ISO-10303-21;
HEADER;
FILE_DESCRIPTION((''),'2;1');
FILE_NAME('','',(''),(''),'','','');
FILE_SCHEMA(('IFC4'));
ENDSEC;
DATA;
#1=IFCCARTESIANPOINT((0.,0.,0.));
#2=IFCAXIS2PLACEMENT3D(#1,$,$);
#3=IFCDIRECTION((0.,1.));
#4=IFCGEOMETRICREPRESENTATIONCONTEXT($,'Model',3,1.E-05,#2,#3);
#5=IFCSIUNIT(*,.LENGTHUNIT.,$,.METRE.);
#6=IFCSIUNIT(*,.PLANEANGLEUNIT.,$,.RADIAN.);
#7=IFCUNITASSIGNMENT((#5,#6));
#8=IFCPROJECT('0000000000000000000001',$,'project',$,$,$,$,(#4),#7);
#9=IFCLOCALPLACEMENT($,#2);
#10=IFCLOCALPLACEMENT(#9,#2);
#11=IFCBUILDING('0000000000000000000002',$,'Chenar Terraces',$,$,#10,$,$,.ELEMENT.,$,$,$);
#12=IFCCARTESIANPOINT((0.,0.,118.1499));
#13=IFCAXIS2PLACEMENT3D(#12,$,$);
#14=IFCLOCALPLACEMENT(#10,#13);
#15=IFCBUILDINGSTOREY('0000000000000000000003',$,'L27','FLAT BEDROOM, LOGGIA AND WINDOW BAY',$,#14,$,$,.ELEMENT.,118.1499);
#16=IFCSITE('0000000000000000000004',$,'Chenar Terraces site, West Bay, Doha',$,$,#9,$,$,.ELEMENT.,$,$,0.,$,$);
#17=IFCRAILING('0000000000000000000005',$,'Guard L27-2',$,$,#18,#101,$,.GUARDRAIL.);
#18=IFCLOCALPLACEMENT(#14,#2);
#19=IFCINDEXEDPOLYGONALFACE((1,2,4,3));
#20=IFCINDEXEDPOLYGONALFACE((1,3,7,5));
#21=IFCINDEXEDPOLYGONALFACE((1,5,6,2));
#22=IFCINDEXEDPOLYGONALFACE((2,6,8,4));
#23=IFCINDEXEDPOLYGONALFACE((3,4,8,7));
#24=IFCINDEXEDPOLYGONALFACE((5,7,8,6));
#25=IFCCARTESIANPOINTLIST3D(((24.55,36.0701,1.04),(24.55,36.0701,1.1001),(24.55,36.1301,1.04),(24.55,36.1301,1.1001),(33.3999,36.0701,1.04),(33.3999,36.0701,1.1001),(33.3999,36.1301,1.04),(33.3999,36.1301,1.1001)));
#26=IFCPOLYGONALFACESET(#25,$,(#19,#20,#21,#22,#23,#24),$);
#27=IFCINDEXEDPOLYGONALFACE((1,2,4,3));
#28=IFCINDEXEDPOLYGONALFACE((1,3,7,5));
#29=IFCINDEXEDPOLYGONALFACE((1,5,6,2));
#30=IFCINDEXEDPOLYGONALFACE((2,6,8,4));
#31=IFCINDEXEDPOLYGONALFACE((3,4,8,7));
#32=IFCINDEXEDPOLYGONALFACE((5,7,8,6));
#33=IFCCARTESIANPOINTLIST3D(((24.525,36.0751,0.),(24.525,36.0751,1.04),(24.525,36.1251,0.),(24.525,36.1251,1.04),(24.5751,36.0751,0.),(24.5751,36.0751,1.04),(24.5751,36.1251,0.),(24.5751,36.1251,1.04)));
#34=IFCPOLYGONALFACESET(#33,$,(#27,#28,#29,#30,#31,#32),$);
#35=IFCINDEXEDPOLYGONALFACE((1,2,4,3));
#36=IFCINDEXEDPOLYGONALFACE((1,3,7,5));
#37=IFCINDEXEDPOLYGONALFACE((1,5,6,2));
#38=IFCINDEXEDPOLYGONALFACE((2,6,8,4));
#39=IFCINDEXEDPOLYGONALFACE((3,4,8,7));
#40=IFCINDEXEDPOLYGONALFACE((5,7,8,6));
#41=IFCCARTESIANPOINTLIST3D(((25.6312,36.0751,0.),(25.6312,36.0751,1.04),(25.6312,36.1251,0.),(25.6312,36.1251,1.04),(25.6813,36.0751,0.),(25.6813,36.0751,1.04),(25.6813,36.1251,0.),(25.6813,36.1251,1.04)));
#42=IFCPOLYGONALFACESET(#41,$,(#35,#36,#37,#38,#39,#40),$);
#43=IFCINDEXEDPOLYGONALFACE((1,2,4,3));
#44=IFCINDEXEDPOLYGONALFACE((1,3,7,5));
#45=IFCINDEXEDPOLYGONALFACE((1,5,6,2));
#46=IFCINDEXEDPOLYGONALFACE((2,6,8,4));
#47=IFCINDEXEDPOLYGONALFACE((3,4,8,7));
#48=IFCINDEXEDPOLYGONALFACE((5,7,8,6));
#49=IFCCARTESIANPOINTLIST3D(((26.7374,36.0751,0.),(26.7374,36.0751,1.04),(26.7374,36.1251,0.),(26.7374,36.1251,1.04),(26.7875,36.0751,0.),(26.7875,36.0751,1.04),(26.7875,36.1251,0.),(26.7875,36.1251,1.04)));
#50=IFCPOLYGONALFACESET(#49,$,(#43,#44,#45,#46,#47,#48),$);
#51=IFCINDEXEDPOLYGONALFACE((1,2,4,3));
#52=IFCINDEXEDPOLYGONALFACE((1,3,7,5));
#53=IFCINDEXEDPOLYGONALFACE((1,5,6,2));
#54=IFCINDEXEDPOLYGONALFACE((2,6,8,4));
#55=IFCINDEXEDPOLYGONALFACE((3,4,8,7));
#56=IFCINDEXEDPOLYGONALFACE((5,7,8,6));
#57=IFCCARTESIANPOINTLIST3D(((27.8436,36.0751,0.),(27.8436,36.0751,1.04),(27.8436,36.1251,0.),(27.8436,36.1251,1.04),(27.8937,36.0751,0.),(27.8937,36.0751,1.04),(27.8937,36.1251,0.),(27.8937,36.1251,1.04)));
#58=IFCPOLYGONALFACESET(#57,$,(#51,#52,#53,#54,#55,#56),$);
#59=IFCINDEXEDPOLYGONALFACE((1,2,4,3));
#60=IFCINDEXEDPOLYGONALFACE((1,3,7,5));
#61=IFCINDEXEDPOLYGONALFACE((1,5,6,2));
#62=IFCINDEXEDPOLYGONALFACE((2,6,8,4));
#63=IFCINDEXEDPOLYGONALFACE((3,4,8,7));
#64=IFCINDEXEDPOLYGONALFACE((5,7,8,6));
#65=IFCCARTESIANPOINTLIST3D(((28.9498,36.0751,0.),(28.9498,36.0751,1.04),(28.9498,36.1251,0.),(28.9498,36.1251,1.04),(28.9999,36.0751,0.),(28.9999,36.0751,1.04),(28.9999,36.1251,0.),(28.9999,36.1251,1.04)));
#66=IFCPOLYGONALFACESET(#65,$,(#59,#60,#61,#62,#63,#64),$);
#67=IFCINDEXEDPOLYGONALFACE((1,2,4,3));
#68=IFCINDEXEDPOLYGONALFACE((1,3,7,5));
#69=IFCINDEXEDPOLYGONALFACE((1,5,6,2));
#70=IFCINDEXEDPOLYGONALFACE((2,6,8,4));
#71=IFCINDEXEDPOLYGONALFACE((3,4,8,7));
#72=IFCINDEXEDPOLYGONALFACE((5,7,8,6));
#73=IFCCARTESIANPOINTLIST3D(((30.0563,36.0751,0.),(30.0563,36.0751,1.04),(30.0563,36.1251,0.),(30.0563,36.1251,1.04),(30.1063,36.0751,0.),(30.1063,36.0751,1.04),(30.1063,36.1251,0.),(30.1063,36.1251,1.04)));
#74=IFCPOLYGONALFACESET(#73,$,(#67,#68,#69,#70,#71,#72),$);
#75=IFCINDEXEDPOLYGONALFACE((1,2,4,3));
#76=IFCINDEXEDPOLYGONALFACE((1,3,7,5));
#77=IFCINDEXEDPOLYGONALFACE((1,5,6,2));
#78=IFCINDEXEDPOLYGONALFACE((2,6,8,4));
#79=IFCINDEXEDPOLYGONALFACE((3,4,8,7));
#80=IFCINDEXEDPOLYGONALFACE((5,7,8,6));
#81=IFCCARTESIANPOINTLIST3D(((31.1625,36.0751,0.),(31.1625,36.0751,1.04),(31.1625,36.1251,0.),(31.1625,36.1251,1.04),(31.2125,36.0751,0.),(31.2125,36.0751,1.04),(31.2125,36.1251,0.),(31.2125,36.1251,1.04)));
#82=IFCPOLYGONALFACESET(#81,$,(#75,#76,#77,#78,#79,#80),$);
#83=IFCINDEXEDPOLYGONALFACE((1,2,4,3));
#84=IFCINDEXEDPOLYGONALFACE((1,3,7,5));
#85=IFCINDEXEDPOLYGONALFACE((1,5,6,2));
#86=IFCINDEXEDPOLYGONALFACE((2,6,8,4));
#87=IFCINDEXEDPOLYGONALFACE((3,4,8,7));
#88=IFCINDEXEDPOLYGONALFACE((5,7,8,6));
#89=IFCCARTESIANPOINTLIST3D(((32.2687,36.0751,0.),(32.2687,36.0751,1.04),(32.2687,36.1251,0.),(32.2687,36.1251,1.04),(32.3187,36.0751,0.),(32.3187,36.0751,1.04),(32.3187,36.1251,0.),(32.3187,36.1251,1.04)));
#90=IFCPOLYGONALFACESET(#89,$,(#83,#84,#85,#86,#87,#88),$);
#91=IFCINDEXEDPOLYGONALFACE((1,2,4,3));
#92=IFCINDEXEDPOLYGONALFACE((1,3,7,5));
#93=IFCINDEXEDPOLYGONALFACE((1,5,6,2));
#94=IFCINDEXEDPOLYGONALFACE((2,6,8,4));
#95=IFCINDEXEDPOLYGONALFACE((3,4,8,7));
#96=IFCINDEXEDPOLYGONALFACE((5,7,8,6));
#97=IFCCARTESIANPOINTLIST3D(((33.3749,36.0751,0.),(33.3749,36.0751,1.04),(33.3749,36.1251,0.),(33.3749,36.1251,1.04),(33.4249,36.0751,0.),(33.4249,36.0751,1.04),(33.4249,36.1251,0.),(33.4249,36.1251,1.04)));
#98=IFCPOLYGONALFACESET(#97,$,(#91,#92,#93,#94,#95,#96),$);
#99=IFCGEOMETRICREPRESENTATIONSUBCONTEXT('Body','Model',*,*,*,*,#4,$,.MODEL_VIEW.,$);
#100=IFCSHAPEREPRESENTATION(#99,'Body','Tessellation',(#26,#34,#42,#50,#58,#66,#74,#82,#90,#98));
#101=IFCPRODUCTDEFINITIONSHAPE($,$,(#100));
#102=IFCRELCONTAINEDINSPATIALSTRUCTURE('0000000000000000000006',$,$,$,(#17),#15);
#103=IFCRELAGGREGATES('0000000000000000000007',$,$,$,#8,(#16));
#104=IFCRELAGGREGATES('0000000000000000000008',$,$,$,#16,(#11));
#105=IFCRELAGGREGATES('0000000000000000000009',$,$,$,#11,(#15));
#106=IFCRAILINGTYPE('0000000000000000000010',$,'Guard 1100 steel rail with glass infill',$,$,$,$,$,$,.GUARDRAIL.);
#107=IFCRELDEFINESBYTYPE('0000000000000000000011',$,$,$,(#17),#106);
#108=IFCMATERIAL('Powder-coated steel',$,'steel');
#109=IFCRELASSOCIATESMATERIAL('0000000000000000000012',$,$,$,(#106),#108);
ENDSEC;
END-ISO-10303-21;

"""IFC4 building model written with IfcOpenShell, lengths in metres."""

from ifc_helpers import new_model, si_unit, direction, frame, origin, origin_2d, place, context, subcontext, project, spatial, rectangle, extrude, material, type_object, element, save


model = new_model("IFC4")

# Units and contexts
model_context = context("Model", 3, precision=1e-05, world=origin(), true_north=direction((0.0, 1.0)))
body_context = subcontext(model_context, "Body", "Model", "MODEL_VIEW")
ifc_project = project(units=[si_unit("LENGTHUNIT", "METRE"), si_unit("PLANEANGLEUNIT", "RADIAN")], contexts=[model_context])

# Site, building, storey
site_placement = place(None, origin())
site = spatial("IfcSite", under=ifc_project, at=site_placement, Name="Chenar Terraces site, West Bay, Doha", CompositionType="ELEMENT", RefElevation=0.0)
building_placement = place(site_placement, origin())
building = spatial("IfcBuilding", under=site, at=building_placement, Name="Chenar Terraces", CompositionType="ELEMENT")
storey_placement = place(building_placement, frame((0.0, 0.0, 118.1499)))
storey = spatial("IfcBuildingStorey", under=building, at=storey_placement, Name="L27", Description="FLAT BEDROOM, LOGGIA AND WINDOW BAY", CompositionType="ELEMENT", Elevation=118.1499)

# Railing
ifc_material_1 = material(Name="Powder-coated steel", Category="steel")
railing_type = type_object("IfcRailingType", Name="Guard 1100 steel rail with glass infill", PredefinedType="GUARDRAIL", material=ifc_material_1)
railing_1_placement = place(storey_placement, frame((24.55, 36.1001, 0.0)))
element("IfcRailing", 1, at=railing_1_placement, inside=storey, type_object=railing_type, Name="Guard L27-2", PredefinedType="GUARDRAIL", context=body_context, shape_type="SweptSolid", body=[
    extrude(rectangle(XDim=0.0601, YDim=0.0601, at=origin_2d()), frame((0.0, 0.0, 1.0701), z_axis=(1.0, 0.0, 0.0), x_axis=(0.0, 1.0, 0.0)), (0.0, 0.0, 1.0), 8.8499),
    extrude(rectangle(XDim=0.05, YDim=0.05, at=origin_2d()), origin(), (0.0, 0.0, 1.0), 1.04),
    extrude(rectangle(XDim=0.05, YDim=0.05, at=origin_2d()), frame((1.1062, 0.0, 0.0)), (0.0, 0.0, 1.0), 1.04),
    extrude(rectangle(XDim=0.05, YDim=0.05, at=origin_2d()), frame((2.2124, 0.0, 0.0)), (0.0, 0.0, 1.0), 1.04),
    extrude(rectangle(XDim=0.05, YDim=0.05, at=origin_2d()), frame((3.3186, 0.0, 0.0)), (0.0, 0.0, 1.0), 1.04),
    extrude(rectangle(XDim=0.05, YDim=0.05, at=origin_2d()), frame((4.4248, 0.0, 0.0)), (0.0, 0.0, 1.0), 1.04),
    extrude(rectangle(XDim=0.05, YDim=0.05, at=origin_2d()), frame((5.5312, 0.0, 0.0)), (0.0, 0.0, 1.0), 1.04),
    extrude(rectangle(XDim=0.05, YDim=0.05, at=origin_2d()), frame((6.6375, 0.0, 0.0)), (0.0, 0.0, 1.0), 1.04),
    extrude(rectangle(XDim=0.05, YDim=0.05, at=origin_2d()), frame((7.7437, 0.0, 0.0)), (0.0, 0.0, 1.0), 1.04),
    extrude(rectangle(XDim=0.05, YDim=0.05, at=origin_2d()), frame((8.8499, 0.0, 0.0)), (0.0, 0.0, 1.0), 1.04),
])

save(model, "model.ifc")
